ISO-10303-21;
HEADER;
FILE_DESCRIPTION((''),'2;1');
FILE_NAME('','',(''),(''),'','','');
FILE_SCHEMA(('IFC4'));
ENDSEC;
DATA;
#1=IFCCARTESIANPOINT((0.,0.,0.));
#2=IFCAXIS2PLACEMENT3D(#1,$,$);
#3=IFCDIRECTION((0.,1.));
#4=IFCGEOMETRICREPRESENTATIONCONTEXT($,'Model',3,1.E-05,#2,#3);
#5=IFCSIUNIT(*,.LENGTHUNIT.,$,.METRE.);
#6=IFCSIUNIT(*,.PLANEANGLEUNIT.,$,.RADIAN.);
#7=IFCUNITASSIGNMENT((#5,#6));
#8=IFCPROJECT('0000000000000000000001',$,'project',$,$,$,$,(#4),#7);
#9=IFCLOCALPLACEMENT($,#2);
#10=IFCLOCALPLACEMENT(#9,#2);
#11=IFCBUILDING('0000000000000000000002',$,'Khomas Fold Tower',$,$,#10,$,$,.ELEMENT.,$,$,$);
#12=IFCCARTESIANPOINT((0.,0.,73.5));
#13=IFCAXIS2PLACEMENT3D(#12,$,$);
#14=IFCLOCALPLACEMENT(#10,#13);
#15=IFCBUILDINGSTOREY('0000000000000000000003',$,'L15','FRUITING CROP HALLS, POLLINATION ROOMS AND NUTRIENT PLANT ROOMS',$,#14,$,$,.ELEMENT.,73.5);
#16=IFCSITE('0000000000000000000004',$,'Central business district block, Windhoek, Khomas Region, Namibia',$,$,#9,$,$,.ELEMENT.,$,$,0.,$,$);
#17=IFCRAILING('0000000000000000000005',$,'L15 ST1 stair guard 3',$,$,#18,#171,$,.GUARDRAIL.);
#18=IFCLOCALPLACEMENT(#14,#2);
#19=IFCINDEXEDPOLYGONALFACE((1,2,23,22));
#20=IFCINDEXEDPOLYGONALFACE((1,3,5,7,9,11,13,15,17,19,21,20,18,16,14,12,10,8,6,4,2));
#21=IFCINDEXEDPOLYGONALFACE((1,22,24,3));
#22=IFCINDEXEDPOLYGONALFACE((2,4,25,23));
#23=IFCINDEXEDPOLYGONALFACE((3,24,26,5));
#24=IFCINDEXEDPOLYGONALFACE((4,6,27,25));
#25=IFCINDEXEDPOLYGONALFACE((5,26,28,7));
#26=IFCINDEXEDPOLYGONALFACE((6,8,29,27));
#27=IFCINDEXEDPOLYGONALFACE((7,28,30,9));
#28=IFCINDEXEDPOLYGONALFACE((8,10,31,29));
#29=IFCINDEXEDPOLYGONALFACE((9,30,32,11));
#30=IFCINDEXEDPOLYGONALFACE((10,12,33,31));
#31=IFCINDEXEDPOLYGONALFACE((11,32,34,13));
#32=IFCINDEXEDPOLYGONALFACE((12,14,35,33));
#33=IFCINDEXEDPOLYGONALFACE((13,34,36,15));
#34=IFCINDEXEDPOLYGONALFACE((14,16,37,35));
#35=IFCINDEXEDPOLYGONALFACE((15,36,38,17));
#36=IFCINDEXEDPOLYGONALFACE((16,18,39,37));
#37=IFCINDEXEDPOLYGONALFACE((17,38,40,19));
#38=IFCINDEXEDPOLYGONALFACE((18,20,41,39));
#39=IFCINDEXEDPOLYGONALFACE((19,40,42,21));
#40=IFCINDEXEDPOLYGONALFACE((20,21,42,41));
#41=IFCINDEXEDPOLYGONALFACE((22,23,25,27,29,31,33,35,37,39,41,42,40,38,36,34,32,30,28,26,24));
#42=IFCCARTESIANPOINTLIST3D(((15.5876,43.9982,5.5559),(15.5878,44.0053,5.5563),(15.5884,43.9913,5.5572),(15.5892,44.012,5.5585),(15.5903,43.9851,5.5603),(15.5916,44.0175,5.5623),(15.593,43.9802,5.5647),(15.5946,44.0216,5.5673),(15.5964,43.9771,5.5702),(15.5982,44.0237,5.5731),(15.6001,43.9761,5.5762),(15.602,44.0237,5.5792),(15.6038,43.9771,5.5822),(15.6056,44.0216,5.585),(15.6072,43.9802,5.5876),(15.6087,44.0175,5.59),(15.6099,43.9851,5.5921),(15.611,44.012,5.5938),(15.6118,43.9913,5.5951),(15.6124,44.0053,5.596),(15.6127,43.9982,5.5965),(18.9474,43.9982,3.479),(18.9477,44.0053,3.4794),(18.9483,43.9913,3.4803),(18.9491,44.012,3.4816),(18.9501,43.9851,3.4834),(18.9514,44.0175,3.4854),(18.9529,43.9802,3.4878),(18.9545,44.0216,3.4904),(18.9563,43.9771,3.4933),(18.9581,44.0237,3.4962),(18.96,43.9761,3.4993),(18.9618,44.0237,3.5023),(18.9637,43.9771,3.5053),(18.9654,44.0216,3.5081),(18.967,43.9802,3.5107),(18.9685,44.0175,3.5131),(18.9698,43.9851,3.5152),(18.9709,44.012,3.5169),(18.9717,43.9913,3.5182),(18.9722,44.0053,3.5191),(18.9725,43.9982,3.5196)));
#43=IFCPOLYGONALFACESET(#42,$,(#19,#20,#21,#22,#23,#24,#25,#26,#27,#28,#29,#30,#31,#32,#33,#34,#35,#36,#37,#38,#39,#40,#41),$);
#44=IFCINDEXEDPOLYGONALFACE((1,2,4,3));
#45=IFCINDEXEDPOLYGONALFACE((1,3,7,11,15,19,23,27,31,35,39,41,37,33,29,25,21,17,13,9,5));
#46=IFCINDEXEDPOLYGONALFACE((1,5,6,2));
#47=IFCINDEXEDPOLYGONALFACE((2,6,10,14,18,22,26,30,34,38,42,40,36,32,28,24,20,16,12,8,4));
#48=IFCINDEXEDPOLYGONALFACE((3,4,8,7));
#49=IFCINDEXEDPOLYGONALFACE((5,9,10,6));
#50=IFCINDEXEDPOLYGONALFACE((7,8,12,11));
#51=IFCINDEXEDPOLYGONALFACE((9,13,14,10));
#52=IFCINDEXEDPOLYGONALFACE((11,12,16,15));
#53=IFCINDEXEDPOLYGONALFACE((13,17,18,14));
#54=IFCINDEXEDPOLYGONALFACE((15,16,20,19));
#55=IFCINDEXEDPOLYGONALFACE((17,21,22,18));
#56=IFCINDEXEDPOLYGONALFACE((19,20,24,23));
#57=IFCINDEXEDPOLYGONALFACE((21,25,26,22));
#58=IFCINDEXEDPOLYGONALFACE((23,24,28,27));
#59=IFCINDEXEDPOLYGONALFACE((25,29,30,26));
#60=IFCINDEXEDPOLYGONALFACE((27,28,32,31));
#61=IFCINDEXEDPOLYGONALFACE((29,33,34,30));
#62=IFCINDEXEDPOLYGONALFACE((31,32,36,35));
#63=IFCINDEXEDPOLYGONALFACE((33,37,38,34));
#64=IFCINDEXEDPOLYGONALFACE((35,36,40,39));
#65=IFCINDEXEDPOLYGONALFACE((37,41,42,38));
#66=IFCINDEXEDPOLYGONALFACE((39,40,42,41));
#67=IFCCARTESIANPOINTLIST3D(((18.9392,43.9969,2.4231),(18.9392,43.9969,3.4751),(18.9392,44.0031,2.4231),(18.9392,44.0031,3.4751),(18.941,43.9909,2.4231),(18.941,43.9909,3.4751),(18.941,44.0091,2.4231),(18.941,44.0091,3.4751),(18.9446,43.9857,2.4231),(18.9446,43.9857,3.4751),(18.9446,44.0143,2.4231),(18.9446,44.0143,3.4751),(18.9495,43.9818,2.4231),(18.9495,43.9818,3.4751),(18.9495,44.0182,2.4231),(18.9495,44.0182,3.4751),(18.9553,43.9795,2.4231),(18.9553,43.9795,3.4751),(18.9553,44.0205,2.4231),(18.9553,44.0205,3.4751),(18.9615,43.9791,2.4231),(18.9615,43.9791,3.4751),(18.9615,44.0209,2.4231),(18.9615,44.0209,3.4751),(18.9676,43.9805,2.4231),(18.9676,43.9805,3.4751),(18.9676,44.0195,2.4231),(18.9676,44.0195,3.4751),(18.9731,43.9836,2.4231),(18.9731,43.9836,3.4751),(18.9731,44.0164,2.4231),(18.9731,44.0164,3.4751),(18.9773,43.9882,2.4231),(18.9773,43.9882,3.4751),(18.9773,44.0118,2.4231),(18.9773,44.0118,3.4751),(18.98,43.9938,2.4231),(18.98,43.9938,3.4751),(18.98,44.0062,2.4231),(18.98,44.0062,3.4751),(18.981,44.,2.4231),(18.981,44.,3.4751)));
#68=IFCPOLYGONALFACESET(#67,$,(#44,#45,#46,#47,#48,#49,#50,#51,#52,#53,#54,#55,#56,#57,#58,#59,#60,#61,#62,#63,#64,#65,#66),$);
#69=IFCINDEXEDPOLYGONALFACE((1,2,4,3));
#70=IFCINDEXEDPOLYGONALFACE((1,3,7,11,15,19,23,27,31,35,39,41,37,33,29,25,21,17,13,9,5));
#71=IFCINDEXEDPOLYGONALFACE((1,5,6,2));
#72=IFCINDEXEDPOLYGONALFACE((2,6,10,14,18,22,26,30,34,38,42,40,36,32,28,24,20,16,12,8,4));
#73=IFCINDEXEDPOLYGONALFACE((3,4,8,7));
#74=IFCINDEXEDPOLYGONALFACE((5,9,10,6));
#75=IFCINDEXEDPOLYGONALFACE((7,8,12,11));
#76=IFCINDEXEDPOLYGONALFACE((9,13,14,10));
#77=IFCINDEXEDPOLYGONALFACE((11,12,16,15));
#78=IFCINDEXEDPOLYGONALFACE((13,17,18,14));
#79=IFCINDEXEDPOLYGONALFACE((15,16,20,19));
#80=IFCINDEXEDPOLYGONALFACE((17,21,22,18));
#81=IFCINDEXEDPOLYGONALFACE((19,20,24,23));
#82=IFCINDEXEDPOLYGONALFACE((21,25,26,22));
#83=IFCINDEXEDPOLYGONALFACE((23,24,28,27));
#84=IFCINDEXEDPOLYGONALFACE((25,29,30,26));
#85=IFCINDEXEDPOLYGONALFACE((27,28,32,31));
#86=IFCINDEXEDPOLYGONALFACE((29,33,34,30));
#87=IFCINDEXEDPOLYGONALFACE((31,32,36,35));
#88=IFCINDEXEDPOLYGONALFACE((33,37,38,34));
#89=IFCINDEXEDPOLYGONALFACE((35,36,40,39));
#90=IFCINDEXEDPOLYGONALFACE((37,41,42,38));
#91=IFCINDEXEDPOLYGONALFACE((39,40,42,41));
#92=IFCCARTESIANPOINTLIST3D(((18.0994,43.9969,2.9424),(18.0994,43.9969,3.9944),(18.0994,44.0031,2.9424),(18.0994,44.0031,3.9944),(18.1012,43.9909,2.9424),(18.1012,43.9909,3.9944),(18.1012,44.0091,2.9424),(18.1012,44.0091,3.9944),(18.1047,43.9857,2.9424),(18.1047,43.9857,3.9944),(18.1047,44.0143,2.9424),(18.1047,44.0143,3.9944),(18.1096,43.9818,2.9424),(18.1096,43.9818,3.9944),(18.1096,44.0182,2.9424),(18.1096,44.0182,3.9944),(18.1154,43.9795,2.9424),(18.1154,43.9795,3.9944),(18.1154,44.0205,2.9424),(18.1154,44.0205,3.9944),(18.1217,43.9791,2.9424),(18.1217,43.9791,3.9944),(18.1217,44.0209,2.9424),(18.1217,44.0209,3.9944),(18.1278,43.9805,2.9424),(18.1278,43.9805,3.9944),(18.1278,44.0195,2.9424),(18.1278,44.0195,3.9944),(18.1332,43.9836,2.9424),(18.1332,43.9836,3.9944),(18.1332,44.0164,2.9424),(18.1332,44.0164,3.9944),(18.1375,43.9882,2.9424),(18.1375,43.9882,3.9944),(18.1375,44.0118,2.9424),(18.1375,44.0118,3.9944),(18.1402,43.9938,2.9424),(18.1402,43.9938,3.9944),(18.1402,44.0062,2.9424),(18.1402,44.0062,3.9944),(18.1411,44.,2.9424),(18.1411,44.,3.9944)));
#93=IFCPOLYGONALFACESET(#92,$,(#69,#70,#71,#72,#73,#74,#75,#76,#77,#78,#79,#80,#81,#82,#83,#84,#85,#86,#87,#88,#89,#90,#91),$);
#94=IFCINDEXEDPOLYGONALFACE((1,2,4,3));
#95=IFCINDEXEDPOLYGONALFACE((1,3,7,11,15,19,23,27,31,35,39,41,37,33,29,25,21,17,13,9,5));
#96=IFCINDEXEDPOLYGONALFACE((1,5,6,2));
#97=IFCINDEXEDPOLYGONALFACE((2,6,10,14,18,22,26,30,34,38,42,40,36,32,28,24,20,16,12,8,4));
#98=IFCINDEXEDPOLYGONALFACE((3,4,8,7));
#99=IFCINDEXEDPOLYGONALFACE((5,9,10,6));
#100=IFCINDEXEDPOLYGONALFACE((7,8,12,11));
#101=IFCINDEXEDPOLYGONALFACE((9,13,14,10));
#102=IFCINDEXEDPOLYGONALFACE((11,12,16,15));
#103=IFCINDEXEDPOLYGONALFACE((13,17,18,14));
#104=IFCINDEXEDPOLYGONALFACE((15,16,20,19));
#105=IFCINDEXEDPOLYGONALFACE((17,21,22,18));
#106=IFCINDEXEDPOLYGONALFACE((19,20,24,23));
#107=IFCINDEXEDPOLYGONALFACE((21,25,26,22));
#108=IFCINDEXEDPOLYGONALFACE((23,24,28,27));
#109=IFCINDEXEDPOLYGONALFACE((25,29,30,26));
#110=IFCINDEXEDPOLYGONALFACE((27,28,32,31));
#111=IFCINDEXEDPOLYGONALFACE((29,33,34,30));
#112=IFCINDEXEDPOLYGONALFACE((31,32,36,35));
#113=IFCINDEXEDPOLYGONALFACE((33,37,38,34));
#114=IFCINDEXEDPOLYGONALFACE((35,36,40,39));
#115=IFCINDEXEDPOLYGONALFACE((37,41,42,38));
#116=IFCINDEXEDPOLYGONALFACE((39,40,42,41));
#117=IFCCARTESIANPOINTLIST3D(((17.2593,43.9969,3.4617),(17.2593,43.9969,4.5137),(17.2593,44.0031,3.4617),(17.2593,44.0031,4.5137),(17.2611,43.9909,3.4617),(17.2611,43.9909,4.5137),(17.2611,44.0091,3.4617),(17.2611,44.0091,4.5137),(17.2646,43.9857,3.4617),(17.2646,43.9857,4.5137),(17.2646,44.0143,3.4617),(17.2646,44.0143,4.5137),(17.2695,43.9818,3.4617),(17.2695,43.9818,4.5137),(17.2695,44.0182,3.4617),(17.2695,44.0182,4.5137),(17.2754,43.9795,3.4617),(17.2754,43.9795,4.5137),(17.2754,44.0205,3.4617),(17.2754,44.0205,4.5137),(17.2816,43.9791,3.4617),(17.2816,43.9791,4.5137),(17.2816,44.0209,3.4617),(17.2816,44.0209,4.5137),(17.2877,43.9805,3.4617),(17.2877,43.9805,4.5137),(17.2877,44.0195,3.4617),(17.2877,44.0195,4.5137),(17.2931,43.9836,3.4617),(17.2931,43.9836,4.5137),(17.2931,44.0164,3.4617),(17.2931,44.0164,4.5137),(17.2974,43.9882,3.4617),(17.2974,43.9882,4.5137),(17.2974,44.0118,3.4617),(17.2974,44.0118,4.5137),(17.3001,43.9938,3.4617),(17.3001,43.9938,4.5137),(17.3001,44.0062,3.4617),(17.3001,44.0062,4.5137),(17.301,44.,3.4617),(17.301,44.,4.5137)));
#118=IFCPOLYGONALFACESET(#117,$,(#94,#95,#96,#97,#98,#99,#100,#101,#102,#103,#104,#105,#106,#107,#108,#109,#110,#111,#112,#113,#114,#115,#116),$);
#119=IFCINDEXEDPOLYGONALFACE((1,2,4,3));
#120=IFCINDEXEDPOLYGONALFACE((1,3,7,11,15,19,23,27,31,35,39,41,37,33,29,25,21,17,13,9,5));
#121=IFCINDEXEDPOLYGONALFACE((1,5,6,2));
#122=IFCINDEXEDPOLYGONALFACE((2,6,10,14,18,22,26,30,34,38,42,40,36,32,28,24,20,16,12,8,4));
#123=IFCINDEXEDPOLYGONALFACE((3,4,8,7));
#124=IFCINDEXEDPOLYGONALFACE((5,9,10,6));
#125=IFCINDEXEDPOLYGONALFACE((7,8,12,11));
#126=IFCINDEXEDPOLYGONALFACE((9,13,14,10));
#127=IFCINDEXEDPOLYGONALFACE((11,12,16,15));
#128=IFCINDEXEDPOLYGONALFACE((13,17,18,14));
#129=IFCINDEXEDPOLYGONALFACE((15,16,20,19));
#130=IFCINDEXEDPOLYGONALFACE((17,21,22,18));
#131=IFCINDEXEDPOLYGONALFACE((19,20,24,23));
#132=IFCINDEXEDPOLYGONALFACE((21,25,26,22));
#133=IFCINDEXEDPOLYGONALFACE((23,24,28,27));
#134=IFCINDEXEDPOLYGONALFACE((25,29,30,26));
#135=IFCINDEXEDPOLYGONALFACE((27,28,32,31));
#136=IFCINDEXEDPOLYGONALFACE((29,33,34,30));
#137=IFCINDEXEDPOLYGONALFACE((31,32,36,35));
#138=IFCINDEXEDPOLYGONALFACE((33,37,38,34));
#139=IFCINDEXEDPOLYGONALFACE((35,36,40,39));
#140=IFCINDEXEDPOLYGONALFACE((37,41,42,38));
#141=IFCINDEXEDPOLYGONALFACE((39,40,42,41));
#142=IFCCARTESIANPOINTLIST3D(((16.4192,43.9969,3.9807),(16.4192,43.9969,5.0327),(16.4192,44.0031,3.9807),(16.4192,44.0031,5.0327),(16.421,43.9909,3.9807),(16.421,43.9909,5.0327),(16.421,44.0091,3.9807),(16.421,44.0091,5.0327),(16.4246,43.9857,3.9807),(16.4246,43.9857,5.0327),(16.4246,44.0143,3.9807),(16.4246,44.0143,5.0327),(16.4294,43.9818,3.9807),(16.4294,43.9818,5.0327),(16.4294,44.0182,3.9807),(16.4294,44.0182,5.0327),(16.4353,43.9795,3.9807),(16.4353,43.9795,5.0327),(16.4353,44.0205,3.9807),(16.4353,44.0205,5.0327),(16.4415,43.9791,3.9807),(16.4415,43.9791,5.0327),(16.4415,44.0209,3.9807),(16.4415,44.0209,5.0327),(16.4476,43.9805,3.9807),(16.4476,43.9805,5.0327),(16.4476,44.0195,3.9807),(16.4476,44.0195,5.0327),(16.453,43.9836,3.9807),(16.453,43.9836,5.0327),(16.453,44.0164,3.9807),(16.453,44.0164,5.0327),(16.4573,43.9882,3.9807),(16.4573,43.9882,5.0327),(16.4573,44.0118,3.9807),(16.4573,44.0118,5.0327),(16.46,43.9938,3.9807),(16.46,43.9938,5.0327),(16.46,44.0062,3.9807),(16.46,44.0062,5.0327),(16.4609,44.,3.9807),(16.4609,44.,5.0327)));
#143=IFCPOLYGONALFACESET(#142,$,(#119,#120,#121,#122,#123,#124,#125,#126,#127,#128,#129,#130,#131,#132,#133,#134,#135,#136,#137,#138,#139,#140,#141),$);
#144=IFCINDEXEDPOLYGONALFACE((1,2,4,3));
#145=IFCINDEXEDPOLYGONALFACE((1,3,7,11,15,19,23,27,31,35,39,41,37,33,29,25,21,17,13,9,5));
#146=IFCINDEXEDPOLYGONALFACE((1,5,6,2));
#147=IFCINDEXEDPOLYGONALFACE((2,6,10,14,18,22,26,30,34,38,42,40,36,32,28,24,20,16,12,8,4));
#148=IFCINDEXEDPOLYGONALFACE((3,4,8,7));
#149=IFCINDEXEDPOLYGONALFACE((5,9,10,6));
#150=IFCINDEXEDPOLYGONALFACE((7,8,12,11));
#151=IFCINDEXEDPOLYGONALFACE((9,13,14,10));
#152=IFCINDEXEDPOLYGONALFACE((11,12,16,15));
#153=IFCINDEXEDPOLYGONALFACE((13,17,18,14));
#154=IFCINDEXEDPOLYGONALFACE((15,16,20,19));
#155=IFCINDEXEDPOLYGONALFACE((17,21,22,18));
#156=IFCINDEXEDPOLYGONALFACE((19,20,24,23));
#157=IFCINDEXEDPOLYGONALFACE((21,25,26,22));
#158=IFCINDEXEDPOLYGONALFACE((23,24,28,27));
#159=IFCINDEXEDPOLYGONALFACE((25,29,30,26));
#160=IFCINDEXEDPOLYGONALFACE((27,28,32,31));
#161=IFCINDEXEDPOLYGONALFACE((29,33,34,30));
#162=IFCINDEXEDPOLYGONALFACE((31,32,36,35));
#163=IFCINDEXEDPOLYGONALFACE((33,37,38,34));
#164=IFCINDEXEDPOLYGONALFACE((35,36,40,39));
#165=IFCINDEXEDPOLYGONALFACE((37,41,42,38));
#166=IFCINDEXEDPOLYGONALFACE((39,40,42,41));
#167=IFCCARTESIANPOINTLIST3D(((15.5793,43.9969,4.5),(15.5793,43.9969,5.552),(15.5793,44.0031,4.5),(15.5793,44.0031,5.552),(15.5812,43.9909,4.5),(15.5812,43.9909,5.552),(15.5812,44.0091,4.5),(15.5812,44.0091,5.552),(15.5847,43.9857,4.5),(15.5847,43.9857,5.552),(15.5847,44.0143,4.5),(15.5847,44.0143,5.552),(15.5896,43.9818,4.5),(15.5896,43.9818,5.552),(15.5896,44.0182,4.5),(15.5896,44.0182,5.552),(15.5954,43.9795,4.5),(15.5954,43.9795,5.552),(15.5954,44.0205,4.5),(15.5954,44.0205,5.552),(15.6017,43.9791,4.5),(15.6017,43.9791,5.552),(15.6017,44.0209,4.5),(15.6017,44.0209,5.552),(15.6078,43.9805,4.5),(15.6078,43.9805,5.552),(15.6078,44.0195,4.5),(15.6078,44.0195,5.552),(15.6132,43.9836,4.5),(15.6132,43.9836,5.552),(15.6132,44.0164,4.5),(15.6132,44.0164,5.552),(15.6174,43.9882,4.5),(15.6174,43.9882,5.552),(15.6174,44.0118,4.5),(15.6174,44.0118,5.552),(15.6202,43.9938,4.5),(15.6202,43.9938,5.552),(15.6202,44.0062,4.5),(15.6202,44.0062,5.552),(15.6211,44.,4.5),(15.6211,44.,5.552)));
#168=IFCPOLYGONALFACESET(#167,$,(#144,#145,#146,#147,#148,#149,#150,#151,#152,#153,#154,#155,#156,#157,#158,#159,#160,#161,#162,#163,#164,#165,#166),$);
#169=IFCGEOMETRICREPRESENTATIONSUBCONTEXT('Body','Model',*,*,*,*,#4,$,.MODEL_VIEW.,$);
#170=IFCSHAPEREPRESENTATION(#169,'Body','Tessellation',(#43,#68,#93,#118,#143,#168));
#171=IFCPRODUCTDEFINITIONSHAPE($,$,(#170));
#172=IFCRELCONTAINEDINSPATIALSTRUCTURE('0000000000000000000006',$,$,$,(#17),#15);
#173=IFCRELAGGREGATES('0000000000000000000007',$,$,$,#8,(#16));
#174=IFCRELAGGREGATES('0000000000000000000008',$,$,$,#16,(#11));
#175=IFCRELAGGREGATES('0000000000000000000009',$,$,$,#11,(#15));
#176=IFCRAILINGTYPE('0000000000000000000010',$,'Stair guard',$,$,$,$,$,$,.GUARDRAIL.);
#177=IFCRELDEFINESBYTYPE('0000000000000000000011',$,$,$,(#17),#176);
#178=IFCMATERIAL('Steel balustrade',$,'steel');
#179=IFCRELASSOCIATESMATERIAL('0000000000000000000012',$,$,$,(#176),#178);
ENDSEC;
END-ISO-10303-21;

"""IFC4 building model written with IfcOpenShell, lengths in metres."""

from ifc_helpers import new_model, si_unit, direction, frame, origin, origin_2d, place, context, subcontext, project, spatial, circle, extrude, source, transform, mapped, material, type_object, element, save


model = new_model("IFC4")

# Units and contexts
model_context = context("Model", 3, precision=1e-05, world=origin(), true_north=direction((0.0, 1.0)))
body_context = subcontext(model_context, "Body", "Model", "MODEL_VIEW")
ifc_project = project(units=[si_unit("LENGTHUNIT", "METRE"), si_unit("PLANEANGLEUNIT", "RADIAN")], contexts=[model_context])

# Site, building, storey
site_placement = place(None, origin())
site = spatial("IfcSite", under=ifc_project, at=site_placement, Name="Central business district block, Windhoek, Khomas Region, Namibia", CompositionType="ELEMENT", RefElevation=0.0)
building_placement = place(site_placement, origin())
building = spatial("IfcBuilding", under=site, at=building_placement, Name="Khomas Fold Tower", CompositionType="ELEMENT")
storey_placement = place(building_placement, frame((0.0, 0.0, 73.5)))
storey = spatial("IfcBuildingStorey", under=building, at=storey_placement, Name="L15", Description="FRUITING CROP HALLS, POLLINATION ROOMS AND NUTRIENT PLANT ROOMS", CompositionType="ELEMENT", Elevation=73.5)

# Railing
ifc_material_1 = material(Name="Steel balustrade", Category="steel")
railing_type_1 = type_object("IfcRailingType", Name="Stair guard", PredefinedType="GUARDRAIL", material=ifc_material_1)
shared_shape_1 = source(origin(), body_context, "Body", "SweptSolid", [
    extrude(circle(Radius=0.0239, at=origin_2d()), frame((0.0, 0.0, 1.0762), z_axis=(-0.850606, 0.0, 0.525803), x_axis=(0.0, -1.0, 0.0)), (0.0, 0.0, 1.0), 3.95),
    extrude(circle(Radius=0.021, at=origin_2d()), origin(), (0.0, 0.0, 1.0), 1.052),
    extrude(circle(Radius=0.021, at=origin_2d()), frame((-0.8398, 0.0, 0.5193)), (0.0, 0.0, 1.0), 1.052),
    extrude(circle(Radius=0.021, at=origin_2d()), frame((-1.6799, 0.0, 1.0386)), (0.0, 0.0, 1.0), 1.052),
    extrude(circle(Radius=0.021, at=origin_2d()), frame((-2.52, 0.0, 1.5576)), (0.0, 0.0, 1.0), 1.052),
    extrude(circle(Radius=0.021, at=origin_2d()), frame((-3.3599, 0.0, 2.0769)), (0.0, 0.0, 1.0), 1.052),
])
railing_1_placement = place(storey_placement, frame((18.96, 44.0, 2.4231)))
element("IfcRailing", 1, at=railing_1_placement, inside=storey, type_object=railing_type_1, Name="L15 ST1 stair guard 3", PredefinedType="GUARDRAIL", context=body_context, shape_type="MappedRepresentation", body=[
    mapped(shared_shape_1, transform((0.0, 0.0, 0.0))),
])

save(model, "model.ifc")
